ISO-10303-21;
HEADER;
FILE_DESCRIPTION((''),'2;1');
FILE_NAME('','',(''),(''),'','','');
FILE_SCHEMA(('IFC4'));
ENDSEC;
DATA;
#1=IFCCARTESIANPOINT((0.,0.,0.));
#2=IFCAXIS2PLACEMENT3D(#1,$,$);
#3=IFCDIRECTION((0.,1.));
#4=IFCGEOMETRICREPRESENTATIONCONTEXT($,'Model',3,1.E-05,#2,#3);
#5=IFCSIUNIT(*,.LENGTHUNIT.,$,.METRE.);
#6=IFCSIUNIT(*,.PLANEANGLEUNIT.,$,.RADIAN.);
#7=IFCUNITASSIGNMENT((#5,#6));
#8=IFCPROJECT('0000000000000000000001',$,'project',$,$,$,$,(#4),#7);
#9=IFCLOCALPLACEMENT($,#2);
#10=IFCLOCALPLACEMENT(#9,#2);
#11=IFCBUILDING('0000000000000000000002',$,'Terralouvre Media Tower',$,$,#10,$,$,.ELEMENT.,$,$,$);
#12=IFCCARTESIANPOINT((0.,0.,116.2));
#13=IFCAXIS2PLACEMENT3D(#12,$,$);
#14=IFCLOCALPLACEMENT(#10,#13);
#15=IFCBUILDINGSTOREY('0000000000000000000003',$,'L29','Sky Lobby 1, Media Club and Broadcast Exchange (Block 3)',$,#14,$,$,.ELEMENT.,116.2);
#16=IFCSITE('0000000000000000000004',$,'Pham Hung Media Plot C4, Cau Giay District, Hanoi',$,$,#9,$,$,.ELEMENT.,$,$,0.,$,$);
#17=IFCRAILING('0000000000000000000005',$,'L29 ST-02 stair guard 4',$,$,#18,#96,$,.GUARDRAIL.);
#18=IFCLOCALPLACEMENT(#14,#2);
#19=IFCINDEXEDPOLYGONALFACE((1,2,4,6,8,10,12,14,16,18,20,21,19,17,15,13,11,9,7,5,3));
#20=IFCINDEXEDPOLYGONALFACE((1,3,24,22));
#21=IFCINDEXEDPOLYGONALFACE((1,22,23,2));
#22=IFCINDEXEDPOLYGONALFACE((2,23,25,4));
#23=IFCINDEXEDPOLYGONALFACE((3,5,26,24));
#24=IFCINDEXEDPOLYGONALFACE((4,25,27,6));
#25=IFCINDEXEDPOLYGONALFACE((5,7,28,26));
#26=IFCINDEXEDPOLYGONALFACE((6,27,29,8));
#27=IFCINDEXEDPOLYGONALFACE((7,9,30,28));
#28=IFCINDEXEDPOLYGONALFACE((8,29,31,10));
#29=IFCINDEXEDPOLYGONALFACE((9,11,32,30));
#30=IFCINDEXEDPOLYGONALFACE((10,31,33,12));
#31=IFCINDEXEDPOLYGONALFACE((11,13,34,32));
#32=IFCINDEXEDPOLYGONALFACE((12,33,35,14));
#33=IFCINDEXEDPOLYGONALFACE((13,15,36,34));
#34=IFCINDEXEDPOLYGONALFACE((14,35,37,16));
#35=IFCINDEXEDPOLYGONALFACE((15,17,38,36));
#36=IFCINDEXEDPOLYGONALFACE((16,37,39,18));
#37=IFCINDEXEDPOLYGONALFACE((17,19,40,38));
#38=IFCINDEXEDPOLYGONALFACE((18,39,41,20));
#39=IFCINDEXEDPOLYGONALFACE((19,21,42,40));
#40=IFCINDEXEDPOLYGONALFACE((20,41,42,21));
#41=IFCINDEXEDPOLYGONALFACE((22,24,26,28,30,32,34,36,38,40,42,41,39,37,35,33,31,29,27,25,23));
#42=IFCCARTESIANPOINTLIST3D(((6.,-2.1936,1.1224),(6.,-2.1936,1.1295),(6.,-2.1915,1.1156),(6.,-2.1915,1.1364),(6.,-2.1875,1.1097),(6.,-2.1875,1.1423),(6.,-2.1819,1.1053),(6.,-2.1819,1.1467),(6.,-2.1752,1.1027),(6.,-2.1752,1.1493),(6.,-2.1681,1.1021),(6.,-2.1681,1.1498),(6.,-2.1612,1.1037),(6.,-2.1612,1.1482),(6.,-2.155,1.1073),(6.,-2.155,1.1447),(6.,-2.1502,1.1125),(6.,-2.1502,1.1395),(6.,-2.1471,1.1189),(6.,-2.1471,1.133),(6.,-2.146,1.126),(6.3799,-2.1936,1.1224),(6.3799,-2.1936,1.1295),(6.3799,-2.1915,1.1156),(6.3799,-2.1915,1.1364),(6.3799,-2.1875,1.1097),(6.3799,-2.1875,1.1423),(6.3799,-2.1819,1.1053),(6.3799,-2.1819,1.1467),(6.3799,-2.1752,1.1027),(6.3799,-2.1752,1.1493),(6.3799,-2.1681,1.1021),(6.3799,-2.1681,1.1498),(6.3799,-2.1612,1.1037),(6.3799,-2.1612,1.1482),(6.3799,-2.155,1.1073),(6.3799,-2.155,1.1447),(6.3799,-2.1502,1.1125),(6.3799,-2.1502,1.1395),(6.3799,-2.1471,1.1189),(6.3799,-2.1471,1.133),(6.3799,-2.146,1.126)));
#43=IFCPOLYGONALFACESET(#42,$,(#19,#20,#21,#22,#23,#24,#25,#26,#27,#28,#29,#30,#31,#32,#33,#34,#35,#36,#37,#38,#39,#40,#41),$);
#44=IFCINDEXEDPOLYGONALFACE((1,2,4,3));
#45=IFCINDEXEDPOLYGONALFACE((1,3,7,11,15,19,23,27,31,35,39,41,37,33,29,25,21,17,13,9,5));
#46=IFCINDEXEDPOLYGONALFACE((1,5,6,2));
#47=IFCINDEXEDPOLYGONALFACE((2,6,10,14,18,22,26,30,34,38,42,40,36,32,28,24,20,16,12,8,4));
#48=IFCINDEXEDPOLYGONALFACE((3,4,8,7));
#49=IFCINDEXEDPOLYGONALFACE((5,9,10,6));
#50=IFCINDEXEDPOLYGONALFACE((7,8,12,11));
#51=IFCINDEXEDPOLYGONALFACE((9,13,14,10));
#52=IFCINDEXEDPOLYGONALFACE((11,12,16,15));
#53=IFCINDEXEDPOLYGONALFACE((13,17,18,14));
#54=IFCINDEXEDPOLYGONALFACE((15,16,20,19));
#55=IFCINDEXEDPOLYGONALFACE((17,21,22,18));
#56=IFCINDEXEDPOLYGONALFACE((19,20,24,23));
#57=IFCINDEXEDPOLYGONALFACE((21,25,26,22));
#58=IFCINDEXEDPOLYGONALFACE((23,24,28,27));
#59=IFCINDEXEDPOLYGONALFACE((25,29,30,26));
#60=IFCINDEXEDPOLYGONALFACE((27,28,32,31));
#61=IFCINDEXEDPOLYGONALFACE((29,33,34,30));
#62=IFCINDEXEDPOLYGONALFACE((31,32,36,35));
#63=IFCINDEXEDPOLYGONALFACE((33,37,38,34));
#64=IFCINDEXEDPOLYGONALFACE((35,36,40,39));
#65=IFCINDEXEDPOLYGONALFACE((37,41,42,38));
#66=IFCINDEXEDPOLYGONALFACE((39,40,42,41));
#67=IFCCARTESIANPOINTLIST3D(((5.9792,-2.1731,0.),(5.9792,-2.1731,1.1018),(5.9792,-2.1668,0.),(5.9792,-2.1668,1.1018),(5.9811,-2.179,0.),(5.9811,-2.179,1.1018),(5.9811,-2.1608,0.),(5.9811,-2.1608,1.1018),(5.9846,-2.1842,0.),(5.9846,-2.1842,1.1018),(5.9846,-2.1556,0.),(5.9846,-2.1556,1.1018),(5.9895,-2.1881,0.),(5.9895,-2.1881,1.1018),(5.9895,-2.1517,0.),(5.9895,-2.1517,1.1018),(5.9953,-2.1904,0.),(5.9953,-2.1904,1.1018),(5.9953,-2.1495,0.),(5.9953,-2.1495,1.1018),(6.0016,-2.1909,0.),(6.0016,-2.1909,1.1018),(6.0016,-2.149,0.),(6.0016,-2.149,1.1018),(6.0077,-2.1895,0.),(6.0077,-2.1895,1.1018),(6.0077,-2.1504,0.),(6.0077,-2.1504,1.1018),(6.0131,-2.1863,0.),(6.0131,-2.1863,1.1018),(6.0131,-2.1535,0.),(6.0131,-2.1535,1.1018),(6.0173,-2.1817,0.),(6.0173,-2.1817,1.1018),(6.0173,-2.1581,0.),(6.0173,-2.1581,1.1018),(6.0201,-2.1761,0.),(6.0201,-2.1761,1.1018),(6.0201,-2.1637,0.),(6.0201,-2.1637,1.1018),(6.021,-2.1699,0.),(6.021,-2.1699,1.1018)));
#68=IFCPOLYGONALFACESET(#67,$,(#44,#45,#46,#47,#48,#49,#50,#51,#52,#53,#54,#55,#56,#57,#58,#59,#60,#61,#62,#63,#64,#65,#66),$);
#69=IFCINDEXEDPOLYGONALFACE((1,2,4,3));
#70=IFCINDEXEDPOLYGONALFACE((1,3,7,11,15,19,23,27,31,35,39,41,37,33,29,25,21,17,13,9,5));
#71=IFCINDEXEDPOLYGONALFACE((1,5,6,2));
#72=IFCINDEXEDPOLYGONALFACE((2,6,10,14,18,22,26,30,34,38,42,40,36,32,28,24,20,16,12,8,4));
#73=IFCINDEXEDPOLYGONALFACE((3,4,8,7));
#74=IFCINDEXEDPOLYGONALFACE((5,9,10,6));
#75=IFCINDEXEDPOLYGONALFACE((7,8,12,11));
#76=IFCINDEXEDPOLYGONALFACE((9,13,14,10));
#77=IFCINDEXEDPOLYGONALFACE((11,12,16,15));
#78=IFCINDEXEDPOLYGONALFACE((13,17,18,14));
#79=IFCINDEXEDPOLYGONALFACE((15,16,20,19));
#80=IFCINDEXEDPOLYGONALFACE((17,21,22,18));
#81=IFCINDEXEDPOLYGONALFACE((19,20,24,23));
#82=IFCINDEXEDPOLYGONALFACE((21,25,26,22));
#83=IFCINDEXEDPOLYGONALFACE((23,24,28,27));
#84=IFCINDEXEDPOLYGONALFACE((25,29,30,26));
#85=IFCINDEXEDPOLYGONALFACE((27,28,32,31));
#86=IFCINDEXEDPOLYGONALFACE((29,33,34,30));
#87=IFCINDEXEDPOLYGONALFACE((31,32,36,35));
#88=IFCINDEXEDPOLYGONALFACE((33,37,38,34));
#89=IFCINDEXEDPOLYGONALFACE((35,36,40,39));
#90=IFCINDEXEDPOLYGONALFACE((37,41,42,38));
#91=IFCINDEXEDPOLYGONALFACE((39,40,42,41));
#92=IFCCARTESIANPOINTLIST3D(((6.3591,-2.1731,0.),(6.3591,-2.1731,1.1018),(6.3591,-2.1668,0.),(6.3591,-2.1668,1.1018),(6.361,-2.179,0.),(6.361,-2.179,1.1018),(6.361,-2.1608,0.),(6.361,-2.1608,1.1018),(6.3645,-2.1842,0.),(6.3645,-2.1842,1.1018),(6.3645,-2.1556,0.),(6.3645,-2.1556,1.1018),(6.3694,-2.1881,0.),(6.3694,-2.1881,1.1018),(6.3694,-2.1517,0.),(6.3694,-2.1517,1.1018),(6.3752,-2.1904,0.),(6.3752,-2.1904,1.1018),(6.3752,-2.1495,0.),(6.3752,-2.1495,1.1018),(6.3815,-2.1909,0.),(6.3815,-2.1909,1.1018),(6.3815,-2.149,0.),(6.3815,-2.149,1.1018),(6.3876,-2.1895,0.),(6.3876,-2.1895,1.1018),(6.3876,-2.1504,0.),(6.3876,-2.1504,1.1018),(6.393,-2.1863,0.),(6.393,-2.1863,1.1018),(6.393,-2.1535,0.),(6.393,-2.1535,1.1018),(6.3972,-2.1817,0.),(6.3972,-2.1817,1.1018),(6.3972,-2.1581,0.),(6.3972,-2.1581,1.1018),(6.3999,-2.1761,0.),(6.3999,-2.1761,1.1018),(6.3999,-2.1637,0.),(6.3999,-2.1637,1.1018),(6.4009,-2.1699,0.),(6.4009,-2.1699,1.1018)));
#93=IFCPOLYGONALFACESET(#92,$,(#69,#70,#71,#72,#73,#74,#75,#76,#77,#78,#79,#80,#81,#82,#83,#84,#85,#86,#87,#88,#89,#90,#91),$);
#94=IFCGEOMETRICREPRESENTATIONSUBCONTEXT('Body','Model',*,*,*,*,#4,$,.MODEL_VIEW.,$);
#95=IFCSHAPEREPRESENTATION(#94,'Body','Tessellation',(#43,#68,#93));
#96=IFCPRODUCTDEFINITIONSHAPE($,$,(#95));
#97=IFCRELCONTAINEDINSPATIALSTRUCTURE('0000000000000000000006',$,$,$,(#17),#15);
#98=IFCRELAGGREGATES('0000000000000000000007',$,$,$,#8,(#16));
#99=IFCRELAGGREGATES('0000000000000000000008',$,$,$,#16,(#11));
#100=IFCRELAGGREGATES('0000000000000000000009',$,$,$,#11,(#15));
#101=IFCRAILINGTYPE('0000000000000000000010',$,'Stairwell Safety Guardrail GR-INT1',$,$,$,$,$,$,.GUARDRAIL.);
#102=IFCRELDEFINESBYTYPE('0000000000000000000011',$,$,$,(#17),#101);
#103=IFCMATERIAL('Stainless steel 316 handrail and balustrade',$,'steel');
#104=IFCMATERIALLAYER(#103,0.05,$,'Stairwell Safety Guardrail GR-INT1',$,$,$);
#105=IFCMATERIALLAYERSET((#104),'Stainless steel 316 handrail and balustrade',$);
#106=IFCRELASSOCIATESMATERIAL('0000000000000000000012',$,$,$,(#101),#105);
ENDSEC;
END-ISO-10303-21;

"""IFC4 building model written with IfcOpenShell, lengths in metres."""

from ifc_helpers import new_model, si_unit, direction, frame, origin, origin_2d, place, context, subcontext, project, spatial, circle, extrude, material, layer, layer_set, type_object, element, save


model = new_model("IFC4")

# Units and contexts
model_context = context("Model", 3, precision=1e-05, world=origin(), true_north=direction((0.0, 1.0)))
body_context = subcontext(model_context, "Body", "Model", "MODEL_VIEW")
ifc_project = project(units=[si_unit("LENGTHUNIT", "METRE"), si_unit("PLANEANGLEUNIT", "RADIAN")], contexts=[model_context])

# Site, building, storey
site_placement = place(None, origin())
site = spatial("IfcSite", under=ifc_project, at=site_placement, Name="Pham Hung Media Plot C4, Cau Giay District, Hanoi", CompositionType="ELEMENT", RefElevation=0.0)
building_placement = place(site_placement, origin())
building = spatial("IfcBuilding", under=site, at=building_placement, Name="Terralouvre Media Tower", CompositionType="ELEMENT")
storey_placement = place(building_placement, frame((0.0, 0.0, 116.2)))
storey = spatial("IfcBuildingStorey", under=building, at=storey_placement, Name="L29", Description="Sky Lobby 1, Media Club and Broadcast Exchange (Block 3)", CompositionType="ELEMENT", Elevation=116.2)

# Railing
ifc_material_1 = material(Name="Stainless steel 316 handrail and balustrade", Category="steel")
ifc_layer_1 = layer(ifc_material_1, 0.05, Name="Stairwell Safety Guardrail GR-INT1")
ifc_layer_set_1 = layer_set([ifc_layer_1], Name="Stainless steel 316 handrail and balustrade")
railing_type_1 = type_object("IfcRailingType", Name="Stairwell Safety Guardrail GR-INT1", PredefinedType="GUARDRAIL", material=ifc_layer_set_1)
railing_1_placement = place(storey_placement, frame((6.0, -2.1699, 0.0)))
element("IfcRailing", 1, at=railing_1_placement, inside=storey, type_object=railing_type_1, Name="L29 ST-02 stair guard 4", PredefinedType="GUARDRAIL", context=body_context, shape_type="SweptSolid", body=[
    extrude(circle(Radius=0.0239, at=origin_2d()), frame((0.0, 0.0, 1.126), z_axis=(1.0, 0.0, 0.0), x_axis=(0.0, 1.0, 0.0)), (0.0, 0.0, 1.0), 0.3799),
    extrude(circle(Radius=0.021, at=origin_2d()), origin(), (0.0, 0.0, 1.0), 1.1018),
    extrude(circle(Radius=0.021, at=origin_2d()), frame((0.3799, 0.0, 0.0)), (0.0, 0.0, 1.0), 1.1018),
])

save(model, "model.ifc")
